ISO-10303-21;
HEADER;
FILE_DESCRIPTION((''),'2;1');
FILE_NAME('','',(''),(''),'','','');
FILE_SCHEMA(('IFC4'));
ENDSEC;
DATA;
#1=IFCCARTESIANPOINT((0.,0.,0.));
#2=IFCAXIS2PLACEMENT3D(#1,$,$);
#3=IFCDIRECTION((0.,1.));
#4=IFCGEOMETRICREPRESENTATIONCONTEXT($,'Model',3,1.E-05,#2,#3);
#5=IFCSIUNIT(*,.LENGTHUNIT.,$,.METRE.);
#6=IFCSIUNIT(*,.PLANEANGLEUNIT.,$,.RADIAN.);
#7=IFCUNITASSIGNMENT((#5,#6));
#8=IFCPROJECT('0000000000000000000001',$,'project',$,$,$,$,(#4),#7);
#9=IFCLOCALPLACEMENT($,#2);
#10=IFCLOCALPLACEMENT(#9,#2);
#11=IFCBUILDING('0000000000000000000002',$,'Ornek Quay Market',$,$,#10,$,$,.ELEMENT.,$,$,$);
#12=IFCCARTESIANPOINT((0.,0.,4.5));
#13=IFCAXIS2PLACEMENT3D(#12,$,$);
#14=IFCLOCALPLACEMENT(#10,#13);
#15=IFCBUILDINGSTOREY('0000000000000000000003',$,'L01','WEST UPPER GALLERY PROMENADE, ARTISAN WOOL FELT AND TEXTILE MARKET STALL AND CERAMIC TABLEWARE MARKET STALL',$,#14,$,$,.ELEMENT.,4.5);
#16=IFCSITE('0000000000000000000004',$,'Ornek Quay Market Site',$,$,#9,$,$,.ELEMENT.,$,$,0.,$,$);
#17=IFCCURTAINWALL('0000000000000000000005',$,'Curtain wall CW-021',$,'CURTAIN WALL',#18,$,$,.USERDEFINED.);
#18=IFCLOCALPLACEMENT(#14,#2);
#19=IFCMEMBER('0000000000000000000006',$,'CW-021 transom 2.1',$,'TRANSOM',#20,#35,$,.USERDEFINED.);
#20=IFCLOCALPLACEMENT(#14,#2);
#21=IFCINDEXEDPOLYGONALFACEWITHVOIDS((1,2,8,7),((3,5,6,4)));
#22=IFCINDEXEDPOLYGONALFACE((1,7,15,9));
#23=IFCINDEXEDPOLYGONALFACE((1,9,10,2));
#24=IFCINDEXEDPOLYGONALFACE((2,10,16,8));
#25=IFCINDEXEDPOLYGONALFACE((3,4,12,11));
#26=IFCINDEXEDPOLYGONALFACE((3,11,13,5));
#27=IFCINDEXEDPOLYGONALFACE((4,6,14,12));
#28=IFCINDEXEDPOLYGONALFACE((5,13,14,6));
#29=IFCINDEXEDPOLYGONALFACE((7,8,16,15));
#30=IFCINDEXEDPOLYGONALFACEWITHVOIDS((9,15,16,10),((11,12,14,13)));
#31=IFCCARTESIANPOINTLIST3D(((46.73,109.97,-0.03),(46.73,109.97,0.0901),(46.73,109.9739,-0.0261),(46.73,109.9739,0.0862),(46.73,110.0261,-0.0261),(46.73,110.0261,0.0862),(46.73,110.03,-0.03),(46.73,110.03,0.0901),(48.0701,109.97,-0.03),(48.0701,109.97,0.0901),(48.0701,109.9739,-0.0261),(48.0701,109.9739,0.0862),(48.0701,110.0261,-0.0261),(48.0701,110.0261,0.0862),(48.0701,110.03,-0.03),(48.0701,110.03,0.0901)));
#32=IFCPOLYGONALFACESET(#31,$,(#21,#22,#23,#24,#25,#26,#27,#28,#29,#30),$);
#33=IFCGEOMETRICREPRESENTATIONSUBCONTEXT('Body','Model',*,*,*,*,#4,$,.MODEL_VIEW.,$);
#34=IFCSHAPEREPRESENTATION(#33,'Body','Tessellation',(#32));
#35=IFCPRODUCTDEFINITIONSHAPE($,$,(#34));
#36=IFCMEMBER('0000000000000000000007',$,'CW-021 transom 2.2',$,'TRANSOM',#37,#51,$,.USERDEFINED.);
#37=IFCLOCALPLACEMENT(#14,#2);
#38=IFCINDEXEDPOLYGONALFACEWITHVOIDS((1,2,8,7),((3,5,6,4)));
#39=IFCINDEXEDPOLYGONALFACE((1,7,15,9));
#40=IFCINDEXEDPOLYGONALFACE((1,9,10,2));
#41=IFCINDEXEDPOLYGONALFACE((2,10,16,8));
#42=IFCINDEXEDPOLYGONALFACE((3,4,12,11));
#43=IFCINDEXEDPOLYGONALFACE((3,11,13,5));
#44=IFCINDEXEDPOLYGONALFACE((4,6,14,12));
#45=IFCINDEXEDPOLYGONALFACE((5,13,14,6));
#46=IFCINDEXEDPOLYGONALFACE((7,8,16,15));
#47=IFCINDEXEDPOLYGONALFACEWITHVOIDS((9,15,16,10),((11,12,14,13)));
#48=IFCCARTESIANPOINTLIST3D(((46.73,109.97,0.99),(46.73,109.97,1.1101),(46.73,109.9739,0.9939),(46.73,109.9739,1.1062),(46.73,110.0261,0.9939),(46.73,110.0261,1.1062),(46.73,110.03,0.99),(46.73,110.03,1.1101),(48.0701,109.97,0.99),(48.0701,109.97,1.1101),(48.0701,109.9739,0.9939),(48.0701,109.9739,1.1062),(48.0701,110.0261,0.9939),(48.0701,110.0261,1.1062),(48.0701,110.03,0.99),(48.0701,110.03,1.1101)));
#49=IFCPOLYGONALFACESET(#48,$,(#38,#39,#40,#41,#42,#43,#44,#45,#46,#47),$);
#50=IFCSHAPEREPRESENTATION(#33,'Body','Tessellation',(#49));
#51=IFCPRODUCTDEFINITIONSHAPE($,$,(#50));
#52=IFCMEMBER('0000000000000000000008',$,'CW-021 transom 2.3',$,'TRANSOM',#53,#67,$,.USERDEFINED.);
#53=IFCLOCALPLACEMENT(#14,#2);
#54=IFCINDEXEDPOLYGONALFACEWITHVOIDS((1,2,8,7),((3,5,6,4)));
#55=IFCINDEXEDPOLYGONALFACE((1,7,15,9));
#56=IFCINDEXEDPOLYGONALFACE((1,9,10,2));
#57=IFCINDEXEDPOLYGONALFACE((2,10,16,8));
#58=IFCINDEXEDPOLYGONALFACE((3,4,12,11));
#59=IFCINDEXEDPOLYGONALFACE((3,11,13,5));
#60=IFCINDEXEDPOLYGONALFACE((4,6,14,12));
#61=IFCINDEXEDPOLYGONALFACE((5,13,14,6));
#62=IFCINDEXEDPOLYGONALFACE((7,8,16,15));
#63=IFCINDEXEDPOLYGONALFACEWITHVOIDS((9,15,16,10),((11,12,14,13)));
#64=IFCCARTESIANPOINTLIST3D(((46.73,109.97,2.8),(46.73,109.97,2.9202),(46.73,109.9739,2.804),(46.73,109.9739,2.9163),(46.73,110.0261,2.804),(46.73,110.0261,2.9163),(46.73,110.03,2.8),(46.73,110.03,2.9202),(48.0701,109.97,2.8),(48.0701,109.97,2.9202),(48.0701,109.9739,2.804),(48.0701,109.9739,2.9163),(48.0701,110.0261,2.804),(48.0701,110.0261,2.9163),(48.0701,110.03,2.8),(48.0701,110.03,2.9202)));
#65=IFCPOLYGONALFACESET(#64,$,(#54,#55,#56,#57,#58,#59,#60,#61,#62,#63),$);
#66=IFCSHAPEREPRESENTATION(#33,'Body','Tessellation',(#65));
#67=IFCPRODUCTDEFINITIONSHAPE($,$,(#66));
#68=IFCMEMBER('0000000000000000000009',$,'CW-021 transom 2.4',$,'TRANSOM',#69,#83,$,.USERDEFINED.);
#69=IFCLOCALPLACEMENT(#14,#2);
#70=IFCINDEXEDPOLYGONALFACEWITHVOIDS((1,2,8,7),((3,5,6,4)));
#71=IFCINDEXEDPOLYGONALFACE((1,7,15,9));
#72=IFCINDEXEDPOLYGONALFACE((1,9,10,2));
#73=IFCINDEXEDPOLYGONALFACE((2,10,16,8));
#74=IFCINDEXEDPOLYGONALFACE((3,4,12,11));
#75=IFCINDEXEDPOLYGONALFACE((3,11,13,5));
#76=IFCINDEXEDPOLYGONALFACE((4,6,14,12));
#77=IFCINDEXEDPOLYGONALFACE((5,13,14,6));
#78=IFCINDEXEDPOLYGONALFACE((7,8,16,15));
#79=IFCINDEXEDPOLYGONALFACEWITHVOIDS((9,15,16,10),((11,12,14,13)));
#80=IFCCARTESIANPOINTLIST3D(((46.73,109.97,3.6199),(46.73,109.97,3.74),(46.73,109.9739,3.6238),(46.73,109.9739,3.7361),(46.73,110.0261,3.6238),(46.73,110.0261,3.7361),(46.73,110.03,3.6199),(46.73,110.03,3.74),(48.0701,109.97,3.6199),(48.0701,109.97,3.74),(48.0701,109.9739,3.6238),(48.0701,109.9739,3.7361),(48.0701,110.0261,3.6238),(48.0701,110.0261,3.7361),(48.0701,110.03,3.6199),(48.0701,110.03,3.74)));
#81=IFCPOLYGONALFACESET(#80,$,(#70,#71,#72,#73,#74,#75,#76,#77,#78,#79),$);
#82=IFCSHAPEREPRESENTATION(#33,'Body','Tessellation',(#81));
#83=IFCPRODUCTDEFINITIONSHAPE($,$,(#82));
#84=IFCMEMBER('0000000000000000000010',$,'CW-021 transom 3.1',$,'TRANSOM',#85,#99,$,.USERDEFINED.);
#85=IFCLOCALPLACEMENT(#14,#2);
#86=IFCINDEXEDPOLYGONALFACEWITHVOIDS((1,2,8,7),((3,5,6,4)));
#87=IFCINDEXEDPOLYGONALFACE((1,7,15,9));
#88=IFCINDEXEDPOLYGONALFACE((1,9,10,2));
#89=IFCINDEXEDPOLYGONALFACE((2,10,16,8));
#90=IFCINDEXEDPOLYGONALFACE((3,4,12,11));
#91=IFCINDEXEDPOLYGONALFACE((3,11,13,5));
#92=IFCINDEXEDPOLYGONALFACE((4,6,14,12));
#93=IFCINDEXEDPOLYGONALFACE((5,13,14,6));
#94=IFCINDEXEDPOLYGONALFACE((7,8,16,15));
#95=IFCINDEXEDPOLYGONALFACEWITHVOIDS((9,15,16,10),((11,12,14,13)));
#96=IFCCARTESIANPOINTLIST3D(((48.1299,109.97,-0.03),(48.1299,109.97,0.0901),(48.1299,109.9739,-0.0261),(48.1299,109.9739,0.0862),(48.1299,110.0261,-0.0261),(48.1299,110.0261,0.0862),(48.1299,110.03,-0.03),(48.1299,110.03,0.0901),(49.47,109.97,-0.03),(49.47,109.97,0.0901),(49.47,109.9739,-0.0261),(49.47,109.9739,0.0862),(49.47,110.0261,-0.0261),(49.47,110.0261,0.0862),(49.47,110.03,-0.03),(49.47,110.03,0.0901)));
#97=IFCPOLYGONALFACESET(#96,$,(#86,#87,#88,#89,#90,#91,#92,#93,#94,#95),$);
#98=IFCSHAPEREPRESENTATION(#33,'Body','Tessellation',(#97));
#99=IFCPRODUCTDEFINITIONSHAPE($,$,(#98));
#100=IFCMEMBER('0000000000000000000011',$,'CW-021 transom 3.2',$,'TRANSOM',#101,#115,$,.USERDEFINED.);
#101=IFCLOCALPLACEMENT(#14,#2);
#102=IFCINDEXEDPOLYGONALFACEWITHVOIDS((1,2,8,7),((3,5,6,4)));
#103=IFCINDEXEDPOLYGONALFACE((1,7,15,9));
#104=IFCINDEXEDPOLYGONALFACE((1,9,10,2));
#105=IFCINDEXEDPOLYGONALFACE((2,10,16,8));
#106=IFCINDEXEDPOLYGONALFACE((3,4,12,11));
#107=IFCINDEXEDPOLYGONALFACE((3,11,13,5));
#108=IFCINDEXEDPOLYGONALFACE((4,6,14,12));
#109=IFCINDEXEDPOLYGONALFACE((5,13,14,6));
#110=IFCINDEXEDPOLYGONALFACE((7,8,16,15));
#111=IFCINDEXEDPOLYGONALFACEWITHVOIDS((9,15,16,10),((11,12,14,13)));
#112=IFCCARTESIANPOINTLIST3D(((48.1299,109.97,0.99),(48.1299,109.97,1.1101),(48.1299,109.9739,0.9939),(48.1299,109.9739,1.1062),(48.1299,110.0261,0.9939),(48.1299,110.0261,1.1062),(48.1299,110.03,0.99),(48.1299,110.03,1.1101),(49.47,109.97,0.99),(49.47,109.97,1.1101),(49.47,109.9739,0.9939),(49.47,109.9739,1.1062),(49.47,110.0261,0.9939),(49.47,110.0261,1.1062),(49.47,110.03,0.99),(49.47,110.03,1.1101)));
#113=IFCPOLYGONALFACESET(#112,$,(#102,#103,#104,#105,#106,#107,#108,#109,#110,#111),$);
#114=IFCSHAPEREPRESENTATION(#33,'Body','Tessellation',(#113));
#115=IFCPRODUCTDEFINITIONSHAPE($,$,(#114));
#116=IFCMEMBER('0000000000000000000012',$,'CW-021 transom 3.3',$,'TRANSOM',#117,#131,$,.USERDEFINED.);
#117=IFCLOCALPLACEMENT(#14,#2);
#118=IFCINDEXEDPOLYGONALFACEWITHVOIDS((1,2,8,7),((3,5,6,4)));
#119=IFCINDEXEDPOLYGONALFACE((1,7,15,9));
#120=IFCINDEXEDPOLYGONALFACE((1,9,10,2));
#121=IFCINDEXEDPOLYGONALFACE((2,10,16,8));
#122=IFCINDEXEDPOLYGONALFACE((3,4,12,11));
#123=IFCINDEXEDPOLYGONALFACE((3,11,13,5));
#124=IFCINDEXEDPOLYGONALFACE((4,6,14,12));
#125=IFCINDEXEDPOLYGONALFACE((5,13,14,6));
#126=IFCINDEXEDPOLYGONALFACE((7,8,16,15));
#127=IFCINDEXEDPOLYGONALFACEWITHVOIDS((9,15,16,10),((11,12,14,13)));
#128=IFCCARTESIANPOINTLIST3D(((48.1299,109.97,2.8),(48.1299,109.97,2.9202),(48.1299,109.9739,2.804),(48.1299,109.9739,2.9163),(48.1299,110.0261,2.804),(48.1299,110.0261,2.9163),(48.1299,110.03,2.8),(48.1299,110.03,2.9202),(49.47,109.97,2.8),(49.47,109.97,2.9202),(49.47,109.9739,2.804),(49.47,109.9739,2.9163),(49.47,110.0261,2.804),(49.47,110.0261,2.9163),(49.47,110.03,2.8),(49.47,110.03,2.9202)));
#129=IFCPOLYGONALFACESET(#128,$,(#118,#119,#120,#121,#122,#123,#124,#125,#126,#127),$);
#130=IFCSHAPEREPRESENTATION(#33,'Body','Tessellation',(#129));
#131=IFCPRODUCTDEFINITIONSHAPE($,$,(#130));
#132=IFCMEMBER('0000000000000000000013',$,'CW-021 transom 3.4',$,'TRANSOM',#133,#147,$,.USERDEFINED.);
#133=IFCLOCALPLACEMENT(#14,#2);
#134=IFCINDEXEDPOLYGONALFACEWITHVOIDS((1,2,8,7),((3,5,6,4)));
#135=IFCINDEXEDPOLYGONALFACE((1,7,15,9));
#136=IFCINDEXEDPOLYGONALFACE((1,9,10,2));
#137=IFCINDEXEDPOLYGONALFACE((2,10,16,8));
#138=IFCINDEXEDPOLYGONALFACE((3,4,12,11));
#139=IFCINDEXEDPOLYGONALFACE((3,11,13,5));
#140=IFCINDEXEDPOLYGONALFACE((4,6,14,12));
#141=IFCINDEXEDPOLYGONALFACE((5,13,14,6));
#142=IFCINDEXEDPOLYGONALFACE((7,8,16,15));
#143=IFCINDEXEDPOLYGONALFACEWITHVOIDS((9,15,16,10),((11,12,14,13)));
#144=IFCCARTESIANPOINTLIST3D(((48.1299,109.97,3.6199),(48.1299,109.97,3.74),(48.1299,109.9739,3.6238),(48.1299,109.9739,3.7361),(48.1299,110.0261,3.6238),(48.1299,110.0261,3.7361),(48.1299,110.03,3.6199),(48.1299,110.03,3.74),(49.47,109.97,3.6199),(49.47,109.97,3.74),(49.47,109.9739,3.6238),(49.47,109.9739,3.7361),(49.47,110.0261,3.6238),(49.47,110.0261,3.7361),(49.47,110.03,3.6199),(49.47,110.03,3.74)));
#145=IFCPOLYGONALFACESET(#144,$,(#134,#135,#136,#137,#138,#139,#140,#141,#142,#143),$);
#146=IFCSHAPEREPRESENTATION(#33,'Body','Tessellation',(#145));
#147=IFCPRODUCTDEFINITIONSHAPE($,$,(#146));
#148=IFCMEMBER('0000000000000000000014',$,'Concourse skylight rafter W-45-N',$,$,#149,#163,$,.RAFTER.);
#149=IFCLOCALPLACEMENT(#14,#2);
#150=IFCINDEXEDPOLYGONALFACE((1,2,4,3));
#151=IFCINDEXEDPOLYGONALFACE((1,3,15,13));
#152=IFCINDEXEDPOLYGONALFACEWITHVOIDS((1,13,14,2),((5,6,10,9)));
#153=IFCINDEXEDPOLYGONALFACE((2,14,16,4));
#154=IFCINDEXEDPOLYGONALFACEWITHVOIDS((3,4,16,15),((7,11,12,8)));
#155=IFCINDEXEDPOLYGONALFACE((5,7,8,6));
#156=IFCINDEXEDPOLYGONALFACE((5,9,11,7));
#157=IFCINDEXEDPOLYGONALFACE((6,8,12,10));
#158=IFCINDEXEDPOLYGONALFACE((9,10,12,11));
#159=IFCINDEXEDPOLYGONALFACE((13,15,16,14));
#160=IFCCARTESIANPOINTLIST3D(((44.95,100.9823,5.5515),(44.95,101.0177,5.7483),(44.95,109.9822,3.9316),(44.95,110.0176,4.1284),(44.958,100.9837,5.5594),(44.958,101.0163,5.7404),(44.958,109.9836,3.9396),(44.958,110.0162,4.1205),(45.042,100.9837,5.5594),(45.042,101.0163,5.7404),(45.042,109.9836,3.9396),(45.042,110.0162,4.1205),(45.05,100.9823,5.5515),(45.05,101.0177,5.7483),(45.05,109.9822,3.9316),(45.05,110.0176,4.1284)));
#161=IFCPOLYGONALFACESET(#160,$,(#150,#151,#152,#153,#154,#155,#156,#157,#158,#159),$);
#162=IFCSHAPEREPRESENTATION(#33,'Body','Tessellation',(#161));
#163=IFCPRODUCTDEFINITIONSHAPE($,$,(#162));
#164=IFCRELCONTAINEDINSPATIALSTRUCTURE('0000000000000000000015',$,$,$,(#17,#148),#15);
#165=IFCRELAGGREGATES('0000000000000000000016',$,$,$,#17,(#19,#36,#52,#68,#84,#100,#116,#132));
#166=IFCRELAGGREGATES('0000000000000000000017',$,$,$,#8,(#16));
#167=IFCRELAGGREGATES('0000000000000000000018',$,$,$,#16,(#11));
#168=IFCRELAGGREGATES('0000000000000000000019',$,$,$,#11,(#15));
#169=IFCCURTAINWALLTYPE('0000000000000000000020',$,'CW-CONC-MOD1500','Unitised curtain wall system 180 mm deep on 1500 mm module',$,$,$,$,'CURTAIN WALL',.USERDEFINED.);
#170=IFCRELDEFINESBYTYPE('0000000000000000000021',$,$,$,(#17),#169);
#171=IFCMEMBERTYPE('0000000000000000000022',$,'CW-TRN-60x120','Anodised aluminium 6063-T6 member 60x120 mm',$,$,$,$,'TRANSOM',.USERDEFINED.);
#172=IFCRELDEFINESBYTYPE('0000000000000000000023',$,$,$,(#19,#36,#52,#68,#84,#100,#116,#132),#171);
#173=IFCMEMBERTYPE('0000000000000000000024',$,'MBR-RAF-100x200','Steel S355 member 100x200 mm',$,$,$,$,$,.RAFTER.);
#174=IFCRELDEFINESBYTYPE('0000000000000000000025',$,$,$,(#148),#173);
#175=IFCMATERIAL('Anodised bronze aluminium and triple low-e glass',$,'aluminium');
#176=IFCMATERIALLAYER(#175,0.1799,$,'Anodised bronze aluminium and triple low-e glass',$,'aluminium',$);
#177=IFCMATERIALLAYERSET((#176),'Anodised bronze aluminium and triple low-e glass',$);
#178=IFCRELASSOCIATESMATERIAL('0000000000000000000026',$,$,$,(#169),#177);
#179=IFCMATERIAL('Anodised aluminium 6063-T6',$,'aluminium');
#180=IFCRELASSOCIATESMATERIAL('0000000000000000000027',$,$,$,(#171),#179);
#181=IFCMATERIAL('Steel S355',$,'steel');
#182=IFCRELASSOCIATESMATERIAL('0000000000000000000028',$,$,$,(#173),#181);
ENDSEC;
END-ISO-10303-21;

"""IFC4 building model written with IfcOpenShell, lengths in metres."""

from ifc_helpers import new_model, si_unit, direction, frame, origin, origin_2d, place, context, subcontext, project, spatial, hollow_rectangle, extrude, material, layer, layer_set, material_profile, profile_set, type_object, element, aggregate, save


model = new_model("IFC4")

# Units and contexts
model_context = context("Model", 3, precision=1e-05, world=origin(), true_north=direction((0.0, 1.0)))
body_context = subcontext(model_context, "Body", "Model", "MODEL_VIEW")
ifc_project = project(units=[si_unit("LENGTHUNIT", "METRE"), si_unit("PLANEANGLEUNIT", "RADIAN")], contexts=[model_context])

# Site, building, storey
site_placement = place(None, origin())
site = spatial("IfcSite", under=ifc_project, at=site_placement, Name="Ornek Quay Market Site", CompositionType="ELEMENT", RefElevation=0.0)
building_placement = place(site_placement, origin())
building = spatial("IfcBuilding", under=site, at=building_placement, Name="Ornek Quay Market", CompositionType="ELEMENT")
storey_placement = place(building_placement, frame((0.0, 0.0, 4.5)))
storey = spatial("IfcBuildingStorey", under=building, at=storey_placement, Name="L01", Description="WEST UPPER GALLERY PROMENADE, ARTISAN WOOL FELT AND TEXTILE MARKET STALL AND CERAMIC TABLEWARE MARKET STALL", CompositionType="ELEMENT", Elevation=4.5)

# Shared definitions
ifc_material_1 = material(Name="Anodised bronze aluminium and triple low-e glass", Category="aluminium")
ifc_layer_1 = layer(ifc_material_1, 0.1799, Name="Anodised bronze aluminium and triple low-e glass", Category="aluminium")
ifc_layer_set_1 = layer_set([ifc_layer_1], Name="Anodised bronze aluminium and triple low-e glass")
curtain_wall_type = type_object("IfcCurtainWallType", Name="CW-CONC-MOD1500", Description="Unitised curtain wall system 180 mm deep on 1500 mm module", ElementType="CURTAIN WALL", PredefinedType="USERDEFINED", material=ifc_layer_set_1)
ifc_material_2 = material(Name="Anodised aluminium 6063-T6", Category="aluminium")

# Curtain wall
curtain_wall_1_placement = place(storey_placement, origin())
curtain_wall_1 = element("IfcCurtainWall", 1, at=curtain_wall_1_placement, inside=storey, type_object=curtain_wall_type, Name="Curtain wall CW-021", ObjectType="CURTAIN WALL", PredefinedType="USERDEFINED")

# Members
ifc_material_profile_1 = material_profile(ifc_material_2, hollow_rectangle(XDim=0.0601, YDim=0.1201, WallThickness=0.0039, at=origin_2d()), Name="CW-TRN-60x120", Category="aluminium")
ifc_profile_set_1 = profile_set([ifc_material_profile_1], Name="Anodised aluminium 6063-T6")
member_type_1 = type_object("IfcMemberType", Name="CW-TRN-60x120", Description="Anodised aluminium 6063-T6 member 60x120 mm", ElementType="TRANSOM", PredefinedType="USERDEFINED", material=ifc_profile_set_1)
member_1_placement = place(storey_placement, frame((46.73, 110.0, 0.03), z_axis=(1.0, 0.0, 0.0), x_axis=(0.0, 1.0, 0.0)))
member_1 = element("IfcMember", 2, at=member_1_placement, type_object=member_type_1, Name="CW-021 transom 2.1", ObjectType="TRANSOM", PredefinedType="USERDEFINED", context=body_context, shape_type="SweptSolid", body=[
    extrude(hollow_rectangle(XDim=0.0601, YDim=0.1201, WallThickness=0.0039, at=origin_2d()), origin(), (0.0, 0.0, 1.0), 1.3401),
])
member_2_placement = place(storey_placement, frame((46.73, 110.0, 1.05), z_axis=(1.0, 0.0, 0.0), x_axis=(0.0, 1.0, 0.0)))
member_2 = element("IfcMember", 3, at=member_2_placement, type_object=member_type_1, Name="CW-021 transom 2.2", ObjectType="TRANSOM", PredefinedType="USERDEFINED", context=body_context, shape_type="SweptSolid", body=[
    extrude(hollow_rectangle(XDim=0.0601, YDim=0.1201, WallThickness=0.0039, at=origin_2d()), origin(), (0.0, 0.0, 1.0), 1.3401),
])
member_3_placement = place(storey_placement, frame((46.73, 110.0, 2.8601), z_axis=(1.0, 0.0, 0.0), x_axis=(0.0, 1.0, 0.0)))
member_3 = element("IfcMember", 4, at=member_3_placement, type_object=member_type_1, Name="CW-021 transom 2.3", ObjectType="TRANSOM", PredefinedType="USERDEFINED", context=body_context, shape_type="SweptSolid", body=[
    extrude(hollow_rectangle(XDim=0.0601, YDim=0.1201, WallThickness=0.0039, at=origin_2d()), origin(), (0.0, 0.0, 1.0), 1.3401),
])
member_4_placement = place(storey_placement, frame((46.73, 110.0, 3.6799), z_axis=(1.0, 0.0, 0.0), x_axis=(0.0, 1.0, 0.0)))
member_4 = element("IfcMember", 5, at=member_4_placement, type_object=member_type_1, Name="CW-021 transom 2.4", ObjectType="TRANSOM", PredefinedType="USERDEFINED", context=body_context, shape_type="SweptSolid", body=[
    extrude(hollow_rectangle(XDim=0.0601, YDim=0.1201, WallThickness=0.0039, at=origin_2d()), origin(), (0.0, 0.0, 1.0), 1.3401),
])
member_5_placement = place(storey_placement, frame((48.1299, 110.0, 0.03), z_axis=(1.0, 0.0, 0.0), x_axis=(0.0, 1.0, 0.0)))
member_5 = element("IfcMember", 6, at=member_5_placement, type_object=member_type_1, Name="CW-021 transom 3.1", ObjectType="TRANSOM", PredefinedType="USERDEFINED", context=body_context, shape_type="SweptSolid", body=[
    extrude(hollow_rectangle(XDim=0.0601, YDim=0.1201, WallThickness=0.0039, at=origin_2d()), origin(), (0.0, 0.0, 1.0), 1.3401),
])
member_6_placement = place(storey_placement, frame((48.1299, 110.0, 1.05), z_axis=(1.0, 0.0, 0.0), x_axis=(0.0, 1.0, 0.0)))
member_6 = element("IfcMember", 7, at=member_6_placement, type_object=member_type_1, Name="CW-021 transom 3.2", ObjectType="TRANSOM", PredefinedType="USERDEFINED", context=body_context, shape_type="SweptSolid", body=[
    extrude(hollow_rectangle(XDim=0.0601, YDim=0.1201, WallThickness=0.0039, at=origin_2d()), origin(), (0.0, 0.0, 1.0), 1.3401),
])
member_7_placement = place(storey_placement, frame((48.1299, 110.0, 2.8601), z_axis=(1.0, 0.0, 0.0), x_axis=(0.0, 1.0, 0.0)))
member_7 = element("IfcMember", 8, at=member_7_placement, type_object=member_type_1, Name="CW-021 transom 3.3", ObjectType="TRANSOM", PredefinedType="USERDEFINED", context=body_context, shape_type="SweptSolid", body=[
    extrude(hollow_rectangle(XDim=0.0601, YDim=0.1201, WallThickness=0.0039, at=origin_2d()), origin(), (0.0, 0.0, 1.0), 1.3401),
])
member_8_placement = place(storey_placement, frame((48.1299, 110.0, 3.6799), z_axis=(1.0, 0.0, 0.0), x_axis=(0.0, 1.0, 0.0)))
member_8 = element("IfcMember", 9, at=member_8_placement, type_object=member_type_1, Name="CW-021 transom 3.4", ObjectType="TRANSOM", PredefinedType="USERDEFINED", context=body_context, shape_type="SweptSolid", body=[
    extrude(hollow_rectangle(XDim=0.0601, YDim=0.1201, WallThickness=0.0039, at=origin_2d()), origin(), (0.0, 0.0, 1.0), 1.3401),
])

# Member
ifc_material_3 = material(Name="Steel S355", Category="steel")
ifc_material_profile_2 = material_profile(ifc_material_3, hollow_rectangle(XDim=0.1001, YDim=0.2, WallThickness=0.0081, at=origin_2d()), Name="MBR-RAF-100x200", Category="steel")
ifc_profile_set_2 = profile_set([ifc_material_profile_2], Name="Steel S355")
member_type_2 = type_object("IfcMemberType", Name="MBR-RAF-100x200", Description="Steel S355 member 100x200 mm", PredefinedType="RAFTER", material=ifc_profile_set_2)
member_9_placement = place(storey_placement, frame((45.0, 101.0, 5.6499), z_axis=(0.0, 0.984186, -0.17714), x_axis=(-1.0, 0.0, 0.0)))
element("IfcMember", 10, at=member_9_placement, inside=storey, type_object=member_type_2, Name="Concourse skylight rafter W-45-N", PredefinedType="RAFTER", context=body_context, shape_type="SweptSolid", body=[
    extrude(hollow_rectangle(XDim=0.1001, YDim=0.2, WallThickness=0.0081, at=origin_2d()), origin(), (0.0, 0.0, 1.0), 9.1445),
])

aggregate(curtain_wall_1, [member_1, member_2, member_3, member_4, member_5, member_6, member_7, member_8])

save(model, "model.ifc")
